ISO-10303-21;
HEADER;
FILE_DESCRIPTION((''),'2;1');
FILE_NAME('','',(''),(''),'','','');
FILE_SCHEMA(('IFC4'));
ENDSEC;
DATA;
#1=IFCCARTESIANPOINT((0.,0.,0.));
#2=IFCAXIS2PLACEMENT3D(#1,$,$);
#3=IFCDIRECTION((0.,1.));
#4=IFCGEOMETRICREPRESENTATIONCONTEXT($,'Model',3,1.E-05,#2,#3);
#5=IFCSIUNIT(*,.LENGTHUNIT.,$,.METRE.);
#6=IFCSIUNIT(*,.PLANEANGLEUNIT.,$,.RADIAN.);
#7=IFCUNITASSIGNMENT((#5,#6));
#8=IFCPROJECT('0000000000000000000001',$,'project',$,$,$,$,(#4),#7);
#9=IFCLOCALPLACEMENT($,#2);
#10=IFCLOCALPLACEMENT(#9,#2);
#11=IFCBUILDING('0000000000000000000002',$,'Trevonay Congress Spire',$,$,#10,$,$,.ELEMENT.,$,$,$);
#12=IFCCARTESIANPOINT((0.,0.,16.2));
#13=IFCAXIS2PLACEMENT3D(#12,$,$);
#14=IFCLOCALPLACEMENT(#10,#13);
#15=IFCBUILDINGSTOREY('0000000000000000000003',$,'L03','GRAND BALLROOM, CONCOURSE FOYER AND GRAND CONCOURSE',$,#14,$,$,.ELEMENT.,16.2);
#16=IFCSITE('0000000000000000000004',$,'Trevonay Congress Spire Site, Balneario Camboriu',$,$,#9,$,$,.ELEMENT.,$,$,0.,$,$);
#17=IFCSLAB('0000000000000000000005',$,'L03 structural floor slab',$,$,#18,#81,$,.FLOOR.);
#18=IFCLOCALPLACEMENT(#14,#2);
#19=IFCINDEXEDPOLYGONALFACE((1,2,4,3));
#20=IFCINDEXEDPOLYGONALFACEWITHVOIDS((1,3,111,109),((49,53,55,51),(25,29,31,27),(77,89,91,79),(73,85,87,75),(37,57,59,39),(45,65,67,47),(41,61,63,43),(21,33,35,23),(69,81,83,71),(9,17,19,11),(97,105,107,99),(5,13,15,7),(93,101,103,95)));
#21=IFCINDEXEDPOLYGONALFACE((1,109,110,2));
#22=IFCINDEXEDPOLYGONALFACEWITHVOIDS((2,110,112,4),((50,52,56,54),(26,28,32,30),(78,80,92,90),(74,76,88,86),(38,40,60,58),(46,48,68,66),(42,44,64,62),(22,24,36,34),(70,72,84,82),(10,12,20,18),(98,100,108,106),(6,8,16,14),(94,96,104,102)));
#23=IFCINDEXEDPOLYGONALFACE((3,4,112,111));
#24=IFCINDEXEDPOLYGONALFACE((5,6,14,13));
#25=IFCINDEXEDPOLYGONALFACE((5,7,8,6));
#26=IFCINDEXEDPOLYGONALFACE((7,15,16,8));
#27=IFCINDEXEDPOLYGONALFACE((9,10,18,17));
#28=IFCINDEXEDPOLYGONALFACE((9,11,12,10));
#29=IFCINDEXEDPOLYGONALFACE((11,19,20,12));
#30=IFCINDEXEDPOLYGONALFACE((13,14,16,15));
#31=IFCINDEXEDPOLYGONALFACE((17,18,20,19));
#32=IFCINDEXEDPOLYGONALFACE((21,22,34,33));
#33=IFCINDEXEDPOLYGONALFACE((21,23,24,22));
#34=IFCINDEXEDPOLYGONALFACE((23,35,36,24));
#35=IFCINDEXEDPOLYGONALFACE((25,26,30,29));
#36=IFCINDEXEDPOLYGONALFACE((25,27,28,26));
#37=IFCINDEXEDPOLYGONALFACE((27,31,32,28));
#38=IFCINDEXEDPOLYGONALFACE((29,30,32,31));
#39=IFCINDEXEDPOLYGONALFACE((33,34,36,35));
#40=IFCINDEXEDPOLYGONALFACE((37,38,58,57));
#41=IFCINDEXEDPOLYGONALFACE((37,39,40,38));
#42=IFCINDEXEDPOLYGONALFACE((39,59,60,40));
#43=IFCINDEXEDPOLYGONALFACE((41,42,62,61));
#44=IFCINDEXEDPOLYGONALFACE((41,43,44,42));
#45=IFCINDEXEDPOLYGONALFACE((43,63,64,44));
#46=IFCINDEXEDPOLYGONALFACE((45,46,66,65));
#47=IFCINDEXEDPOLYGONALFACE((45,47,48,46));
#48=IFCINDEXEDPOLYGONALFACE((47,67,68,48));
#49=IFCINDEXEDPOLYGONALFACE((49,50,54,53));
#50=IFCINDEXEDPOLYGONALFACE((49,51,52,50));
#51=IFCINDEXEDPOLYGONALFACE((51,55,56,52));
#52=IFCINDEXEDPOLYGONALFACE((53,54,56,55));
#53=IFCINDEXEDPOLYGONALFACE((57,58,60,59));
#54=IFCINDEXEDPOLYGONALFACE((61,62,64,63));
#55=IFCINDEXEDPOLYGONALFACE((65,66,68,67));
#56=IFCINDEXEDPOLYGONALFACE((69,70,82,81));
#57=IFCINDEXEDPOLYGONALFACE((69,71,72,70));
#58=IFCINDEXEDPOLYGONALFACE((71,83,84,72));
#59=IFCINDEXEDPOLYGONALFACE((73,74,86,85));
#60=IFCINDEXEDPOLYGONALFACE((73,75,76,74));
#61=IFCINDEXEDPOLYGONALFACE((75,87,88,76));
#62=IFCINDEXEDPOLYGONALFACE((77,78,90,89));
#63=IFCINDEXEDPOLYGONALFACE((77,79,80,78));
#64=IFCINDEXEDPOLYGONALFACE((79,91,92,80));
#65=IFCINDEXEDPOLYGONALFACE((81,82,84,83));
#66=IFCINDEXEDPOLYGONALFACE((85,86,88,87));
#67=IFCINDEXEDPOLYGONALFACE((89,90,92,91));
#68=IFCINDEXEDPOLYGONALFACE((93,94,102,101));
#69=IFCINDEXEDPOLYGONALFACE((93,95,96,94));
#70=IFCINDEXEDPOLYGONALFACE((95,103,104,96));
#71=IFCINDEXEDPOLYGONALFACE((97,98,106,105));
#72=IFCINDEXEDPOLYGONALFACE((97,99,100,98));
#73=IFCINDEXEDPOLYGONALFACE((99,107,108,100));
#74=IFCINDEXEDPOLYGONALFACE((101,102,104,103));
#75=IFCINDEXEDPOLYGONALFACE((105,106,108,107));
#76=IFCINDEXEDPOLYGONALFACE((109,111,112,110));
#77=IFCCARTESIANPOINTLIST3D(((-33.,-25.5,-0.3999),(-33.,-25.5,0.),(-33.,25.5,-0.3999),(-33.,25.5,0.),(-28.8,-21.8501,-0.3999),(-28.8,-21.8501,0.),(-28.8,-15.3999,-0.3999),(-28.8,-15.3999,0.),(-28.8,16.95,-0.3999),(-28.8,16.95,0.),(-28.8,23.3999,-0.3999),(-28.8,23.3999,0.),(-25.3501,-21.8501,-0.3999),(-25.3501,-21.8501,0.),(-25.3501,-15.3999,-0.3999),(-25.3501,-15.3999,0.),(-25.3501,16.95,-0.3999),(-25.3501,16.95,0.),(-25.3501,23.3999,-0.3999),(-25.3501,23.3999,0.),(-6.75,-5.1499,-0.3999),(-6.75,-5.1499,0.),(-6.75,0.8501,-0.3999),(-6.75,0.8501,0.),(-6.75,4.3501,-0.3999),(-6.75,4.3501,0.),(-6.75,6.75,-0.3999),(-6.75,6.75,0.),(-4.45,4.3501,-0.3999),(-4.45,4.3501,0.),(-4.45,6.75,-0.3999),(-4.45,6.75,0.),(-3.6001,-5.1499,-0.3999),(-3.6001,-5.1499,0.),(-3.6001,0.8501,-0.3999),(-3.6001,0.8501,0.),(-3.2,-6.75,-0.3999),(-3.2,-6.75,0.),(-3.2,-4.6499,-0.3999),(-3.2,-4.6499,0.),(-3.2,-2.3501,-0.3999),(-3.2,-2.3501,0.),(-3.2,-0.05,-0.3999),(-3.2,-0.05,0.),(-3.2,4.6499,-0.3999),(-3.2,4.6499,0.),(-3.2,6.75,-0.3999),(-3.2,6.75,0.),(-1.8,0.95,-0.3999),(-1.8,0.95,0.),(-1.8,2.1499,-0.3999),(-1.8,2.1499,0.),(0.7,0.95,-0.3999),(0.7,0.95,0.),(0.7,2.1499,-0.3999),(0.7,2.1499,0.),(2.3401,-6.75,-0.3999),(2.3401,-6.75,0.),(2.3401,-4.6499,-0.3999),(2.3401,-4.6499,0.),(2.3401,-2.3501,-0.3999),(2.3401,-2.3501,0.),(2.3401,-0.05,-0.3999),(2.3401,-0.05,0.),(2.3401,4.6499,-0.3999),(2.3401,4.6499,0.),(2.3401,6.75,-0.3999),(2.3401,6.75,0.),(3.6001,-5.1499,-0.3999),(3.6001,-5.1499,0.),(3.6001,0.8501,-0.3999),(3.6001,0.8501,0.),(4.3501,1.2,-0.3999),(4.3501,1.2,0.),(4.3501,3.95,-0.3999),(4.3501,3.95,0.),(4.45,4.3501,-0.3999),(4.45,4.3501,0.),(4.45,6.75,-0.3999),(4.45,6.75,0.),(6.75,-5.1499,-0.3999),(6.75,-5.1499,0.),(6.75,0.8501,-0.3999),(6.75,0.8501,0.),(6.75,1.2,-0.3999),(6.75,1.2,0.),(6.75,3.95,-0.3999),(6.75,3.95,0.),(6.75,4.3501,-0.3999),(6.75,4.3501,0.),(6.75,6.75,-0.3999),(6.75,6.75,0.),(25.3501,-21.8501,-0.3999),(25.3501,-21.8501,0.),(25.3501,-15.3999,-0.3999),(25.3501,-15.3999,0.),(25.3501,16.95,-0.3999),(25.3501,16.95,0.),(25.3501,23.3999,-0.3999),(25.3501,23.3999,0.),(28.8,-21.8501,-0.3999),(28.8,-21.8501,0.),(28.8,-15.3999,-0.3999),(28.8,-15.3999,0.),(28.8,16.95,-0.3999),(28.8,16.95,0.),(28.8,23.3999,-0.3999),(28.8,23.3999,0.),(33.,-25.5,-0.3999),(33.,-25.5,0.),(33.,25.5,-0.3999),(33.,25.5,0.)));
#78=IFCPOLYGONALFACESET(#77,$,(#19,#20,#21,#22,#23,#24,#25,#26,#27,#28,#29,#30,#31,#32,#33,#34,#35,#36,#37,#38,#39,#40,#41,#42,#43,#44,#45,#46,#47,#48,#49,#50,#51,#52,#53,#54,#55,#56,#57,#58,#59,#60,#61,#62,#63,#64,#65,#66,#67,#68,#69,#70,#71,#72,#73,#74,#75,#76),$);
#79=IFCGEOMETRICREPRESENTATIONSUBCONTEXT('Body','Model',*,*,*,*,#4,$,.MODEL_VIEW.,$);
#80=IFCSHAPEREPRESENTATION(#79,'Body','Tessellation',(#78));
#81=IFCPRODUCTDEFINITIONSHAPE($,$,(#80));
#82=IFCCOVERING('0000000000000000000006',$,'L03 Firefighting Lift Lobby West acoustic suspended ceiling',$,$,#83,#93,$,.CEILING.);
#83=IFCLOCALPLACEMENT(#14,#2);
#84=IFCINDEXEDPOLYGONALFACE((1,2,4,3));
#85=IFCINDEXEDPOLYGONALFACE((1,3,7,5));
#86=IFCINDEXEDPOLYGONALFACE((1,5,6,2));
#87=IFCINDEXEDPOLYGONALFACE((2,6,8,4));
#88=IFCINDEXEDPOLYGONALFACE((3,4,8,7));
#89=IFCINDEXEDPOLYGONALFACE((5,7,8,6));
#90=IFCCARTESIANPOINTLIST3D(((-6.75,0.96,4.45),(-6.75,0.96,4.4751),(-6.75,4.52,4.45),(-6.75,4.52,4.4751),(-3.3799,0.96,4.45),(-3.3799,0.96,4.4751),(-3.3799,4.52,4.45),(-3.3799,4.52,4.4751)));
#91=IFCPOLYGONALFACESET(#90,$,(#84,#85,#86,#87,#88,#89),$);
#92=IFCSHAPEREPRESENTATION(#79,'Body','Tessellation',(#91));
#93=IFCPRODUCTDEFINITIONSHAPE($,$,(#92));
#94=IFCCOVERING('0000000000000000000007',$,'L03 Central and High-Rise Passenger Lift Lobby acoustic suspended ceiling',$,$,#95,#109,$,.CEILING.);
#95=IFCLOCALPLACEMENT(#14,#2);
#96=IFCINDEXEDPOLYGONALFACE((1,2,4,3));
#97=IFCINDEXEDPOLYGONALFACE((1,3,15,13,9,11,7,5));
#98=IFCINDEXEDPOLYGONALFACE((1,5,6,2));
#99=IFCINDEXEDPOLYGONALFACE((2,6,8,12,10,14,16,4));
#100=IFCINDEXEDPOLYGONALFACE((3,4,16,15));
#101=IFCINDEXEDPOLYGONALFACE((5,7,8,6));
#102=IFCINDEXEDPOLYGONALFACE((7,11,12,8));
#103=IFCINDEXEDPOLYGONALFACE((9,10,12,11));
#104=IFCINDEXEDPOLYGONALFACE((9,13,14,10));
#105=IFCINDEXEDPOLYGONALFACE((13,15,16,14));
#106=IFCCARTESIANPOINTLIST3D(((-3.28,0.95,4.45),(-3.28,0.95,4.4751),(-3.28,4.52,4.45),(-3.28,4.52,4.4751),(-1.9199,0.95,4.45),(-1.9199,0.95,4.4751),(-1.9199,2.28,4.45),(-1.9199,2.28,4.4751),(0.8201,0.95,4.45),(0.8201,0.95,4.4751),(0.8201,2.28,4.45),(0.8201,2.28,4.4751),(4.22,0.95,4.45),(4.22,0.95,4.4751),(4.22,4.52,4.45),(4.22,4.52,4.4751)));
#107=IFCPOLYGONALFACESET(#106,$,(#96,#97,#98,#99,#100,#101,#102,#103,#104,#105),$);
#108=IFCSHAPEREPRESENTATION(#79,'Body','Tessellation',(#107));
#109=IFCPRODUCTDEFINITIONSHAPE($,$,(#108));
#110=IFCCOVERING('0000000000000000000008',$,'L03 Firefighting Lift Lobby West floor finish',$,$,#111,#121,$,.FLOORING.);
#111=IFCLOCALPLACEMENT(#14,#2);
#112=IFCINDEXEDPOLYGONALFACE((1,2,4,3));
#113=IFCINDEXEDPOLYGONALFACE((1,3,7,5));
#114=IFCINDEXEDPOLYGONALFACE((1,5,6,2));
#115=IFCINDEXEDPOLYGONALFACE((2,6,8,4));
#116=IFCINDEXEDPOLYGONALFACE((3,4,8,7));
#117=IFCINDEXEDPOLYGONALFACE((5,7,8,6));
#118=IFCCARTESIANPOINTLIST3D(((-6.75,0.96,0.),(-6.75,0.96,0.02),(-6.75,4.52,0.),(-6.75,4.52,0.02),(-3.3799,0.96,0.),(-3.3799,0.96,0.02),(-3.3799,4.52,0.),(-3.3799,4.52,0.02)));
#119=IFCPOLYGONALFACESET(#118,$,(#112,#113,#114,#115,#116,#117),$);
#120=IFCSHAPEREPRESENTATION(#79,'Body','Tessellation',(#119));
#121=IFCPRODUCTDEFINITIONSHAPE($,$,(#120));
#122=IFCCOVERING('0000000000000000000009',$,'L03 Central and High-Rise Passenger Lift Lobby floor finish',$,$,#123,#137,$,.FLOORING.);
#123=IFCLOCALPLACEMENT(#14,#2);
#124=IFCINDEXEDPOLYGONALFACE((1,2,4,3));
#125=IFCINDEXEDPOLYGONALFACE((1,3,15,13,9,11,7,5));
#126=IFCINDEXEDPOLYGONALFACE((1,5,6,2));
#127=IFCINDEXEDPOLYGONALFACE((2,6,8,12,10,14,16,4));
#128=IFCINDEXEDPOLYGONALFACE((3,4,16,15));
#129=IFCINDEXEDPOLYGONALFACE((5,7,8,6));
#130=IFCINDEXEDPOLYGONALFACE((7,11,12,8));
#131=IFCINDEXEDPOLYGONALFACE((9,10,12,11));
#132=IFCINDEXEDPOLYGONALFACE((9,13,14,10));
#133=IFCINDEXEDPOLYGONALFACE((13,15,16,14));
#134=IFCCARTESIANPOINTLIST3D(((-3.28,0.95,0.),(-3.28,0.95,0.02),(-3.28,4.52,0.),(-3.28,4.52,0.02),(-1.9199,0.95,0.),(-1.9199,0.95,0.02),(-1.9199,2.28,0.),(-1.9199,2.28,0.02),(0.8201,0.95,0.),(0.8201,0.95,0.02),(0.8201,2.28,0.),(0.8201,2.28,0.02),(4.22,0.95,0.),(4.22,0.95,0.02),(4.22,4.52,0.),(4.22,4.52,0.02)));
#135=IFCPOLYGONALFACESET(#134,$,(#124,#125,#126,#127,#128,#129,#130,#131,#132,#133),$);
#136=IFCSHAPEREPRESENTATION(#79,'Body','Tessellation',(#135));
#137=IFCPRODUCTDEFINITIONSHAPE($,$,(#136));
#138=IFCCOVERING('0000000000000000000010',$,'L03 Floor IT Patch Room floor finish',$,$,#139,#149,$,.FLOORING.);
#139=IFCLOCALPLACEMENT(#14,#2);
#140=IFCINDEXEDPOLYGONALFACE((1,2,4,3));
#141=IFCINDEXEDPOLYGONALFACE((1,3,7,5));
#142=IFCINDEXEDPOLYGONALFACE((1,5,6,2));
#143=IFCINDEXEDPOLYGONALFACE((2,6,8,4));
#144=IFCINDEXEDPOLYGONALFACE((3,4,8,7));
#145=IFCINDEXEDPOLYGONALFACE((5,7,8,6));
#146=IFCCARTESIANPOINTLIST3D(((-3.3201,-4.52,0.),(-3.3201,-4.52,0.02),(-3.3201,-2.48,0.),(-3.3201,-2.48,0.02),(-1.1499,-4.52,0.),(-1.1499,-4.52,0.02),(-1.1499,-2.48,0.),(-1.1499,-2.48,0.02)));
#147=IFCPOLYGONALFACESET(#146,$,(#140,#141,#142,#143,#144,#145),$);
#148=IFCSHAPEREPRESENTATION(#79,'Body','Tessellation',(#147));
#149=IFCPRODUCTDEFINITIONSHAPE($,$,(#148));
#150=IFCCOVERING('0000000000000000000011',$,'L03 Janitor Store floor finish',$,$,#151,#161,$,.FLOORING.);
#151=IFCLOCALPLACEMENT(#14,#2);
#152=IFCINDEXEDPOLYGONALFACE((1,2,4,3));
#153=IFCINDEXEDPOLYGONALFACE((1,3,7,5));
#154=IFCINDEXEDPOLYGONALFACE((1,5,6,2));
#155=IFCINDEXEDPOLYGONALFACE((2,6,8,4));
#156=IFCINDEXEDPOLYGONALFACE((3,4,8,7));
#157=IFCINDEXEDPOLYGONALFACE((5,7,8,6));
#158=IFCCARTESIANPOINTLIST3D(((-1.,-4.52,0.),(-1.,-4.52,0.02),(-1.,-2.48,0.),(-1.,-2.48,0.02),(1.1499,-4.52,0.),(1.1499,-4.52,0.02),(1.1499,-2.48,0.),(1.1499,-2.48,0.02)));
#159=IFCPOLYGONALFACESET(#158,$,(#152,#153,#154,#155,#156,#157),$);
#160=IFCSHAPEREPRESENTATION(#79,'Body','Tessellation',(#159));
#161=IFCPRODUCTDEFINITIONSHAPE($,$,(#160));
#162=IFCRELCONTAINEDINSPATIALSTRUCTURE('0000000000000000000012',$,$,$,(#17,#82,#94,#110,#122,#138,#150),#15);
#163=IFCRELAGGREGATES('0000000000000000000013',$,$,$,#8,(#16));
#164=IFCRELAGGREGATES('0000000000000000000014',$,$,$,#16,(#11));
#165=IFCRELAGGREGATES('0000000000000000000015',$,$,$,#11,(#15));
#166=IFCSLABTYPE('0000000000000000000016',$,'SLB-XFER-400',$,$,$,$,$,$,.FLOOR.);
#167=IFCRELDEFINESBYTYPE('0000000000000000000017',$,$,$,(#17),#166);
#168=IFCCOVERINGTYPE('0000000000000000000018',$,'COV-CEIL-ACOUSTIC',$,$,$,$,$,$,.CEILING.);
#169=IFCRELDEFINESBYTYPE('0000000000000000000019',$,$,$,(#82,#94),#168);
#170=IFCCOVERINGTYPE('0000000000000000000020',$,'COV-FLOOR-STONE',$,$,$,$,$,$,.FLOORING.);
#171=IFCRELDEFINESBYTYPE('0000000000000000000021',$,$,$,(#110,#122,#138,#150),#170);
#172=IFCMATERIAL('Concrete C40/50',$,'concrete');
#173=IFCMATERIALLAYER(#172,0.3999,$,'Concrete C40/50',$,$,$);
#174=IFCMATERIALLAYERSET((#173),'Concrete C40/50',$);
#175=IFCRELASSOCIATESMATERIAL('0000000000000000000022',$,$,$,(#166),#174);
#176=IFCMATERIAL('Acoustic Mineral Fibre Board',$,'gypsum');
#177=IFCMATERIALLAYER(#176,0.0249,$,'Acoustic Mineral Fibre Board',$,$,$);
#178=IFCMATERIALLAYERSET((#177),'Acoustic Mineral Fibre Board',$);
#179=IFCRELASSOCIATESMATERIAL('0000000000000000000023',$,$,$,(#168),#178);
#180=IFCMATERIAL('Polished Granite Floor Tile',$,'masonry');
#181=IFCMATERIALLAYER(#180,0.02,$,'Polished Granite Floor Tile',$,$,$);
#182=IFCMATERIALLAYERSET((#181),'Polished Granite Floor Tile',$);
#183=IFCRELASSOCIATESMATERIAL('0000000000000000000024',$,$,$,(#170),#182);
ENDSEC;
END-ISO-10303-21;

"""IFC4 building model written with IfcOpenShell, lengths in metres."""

from ifc_helpers import new_model, si_unit, direction, frame, origin, place, context, subcontext, project, spatial, polyline, outline, extrude, material, layer, layer_set, type_object, element, save


model = new_model("IFC4")

# Units and contexts
model_context = context("Model", 3, precision=1e-05, world=origin(), true_north=direction((0.0, 1.0)))
body_context = subcontext(model_context, "Body", "Model", "MODEL_VIEW")
ifc_project = project(units=[si_unit("LENGTHUNIT", "METRE"), si_unit("PLANEANGLEUNIT", "RADIAN")], contexts=[model_context])

# Site, building, storey
site_placement = place(None, origin())
site = spatial("IfcSite", under=ifc_project, at=site_placement, Name="Trevonay Congress Spire Site, Balneario Camboriu", CompositionType="ELEMENT", RefElevation=0.0)
building_placement = place(site_placement, origin())
building = spatial("IfcBuilding", under=site, at=building_placement, Name="Trevonay Congress Spire", CompositionType="ELEMENT")
storey_placement = place(building_placement, frame((0.0, 0.0, 16.2)))
storey = spatial("IfcBuildingStorey", under=building, at=storey_placement, Name="L03", Description="GRAND BALLROOM, CONCOURSE FOYER AND GRAND CONCOURSE", CompositionType="ELEMENT", Elevation=16.2)

# Shared definitions
ifc_material_1 = material(Name="Concrete C40/50", Category="concrete")

# Slab
ifc_layer_1 = layer(ifc_material_1, 0.3999, Name="Concrete C40/50")
ifc_layer_set_1 = layer_set([ifc_layer_1], Name="Concrete C40/50")
slab_type_1 = type_object("IfcSlabType", Name="SLB-XFER-400", PredefinedType="FLOOR", material=ifc_layer_set_1)
slab_1_placement = place(storey_placement, frame((0.0, 0.0, -0.3999)))
element("IfcSlab", 1, at=slab_1_placement, inside=storey, type_object=slab_type_1, Name="L03 structural floor slab", PredefinedType="FLOOR", context=body_context, shape_type="SweptSolid", body=[
    extrude(outline(polyline([(-33.0, -25.5), (33.0, -25.5), (33.0, 25.5), (-33.0, 25.5), (-33.0, -25.5)]), holes=[polyline([(-3.6001, -5.1499), (-3.6001, 0.8501), (-6.75, 0.8501), (-6.75, -5.1499), (-3.6001, -5.1499)]), polyline([(6.75, -5.1499), (6.75, 0.8501), (3.6001, 0.8501), (3.6001, -5.1499), (6.75, -5.1499)]), polyline([(-25.3501, -21.8501), (-25.3501, -15.3999), (-28.8, -15.3999), (-28.8, -21.8501), (-25.3501, -21.8501)]), polyline([(28.8, -21.8501), (28.8, -15.3999), (25.3501, -15.3999), (25.3501, -21.8501), (28.8, -21.8501)]), polyline([(-25.3501, 16.95), (-25.3501, 23.3999), (-28.8, 23.3999), (-28.8, 16.95), (-25.3501, 16.95)]), polyline([(28.8, 16.95), (28.8, 23.3999), (25.3501, 23.3999), (25.3501, 16.95), (28.8, 16.95)]), polyline([(-3.2, -6.75), (2.3401, -6.75), (2.3401, -4.6499), (-3.2, -4.6499), (-3.2, -6.75)]), polyline([(-3.2, -2.3501), (2.3401, -2.3501), (2.3401, -0.05), (-3.2, -0.05), (-3.2, -2.3501)]), polyline([(-3.2, 4.6499), (2.3401, 4.6499), (2.3401, 6.75), (-3.2, 6.75), (-3.2, 4.6499)]), polyline([(-6.75, 4.3501), (-4.45, 4.3501), (-4.45, 6.75), (-6.75, 6.75), (-6.75, 4.3501)]), polyline([(4.45, 4.3501), (6.75, 4.3501), (6.75, 6.75), (4.45, 6.75), (4.45, 4.3501)]), polyline([(4.3501, 1.2), (6.75, 1.2), (6.75, 3.95), (4.3501, 3.95), (4.3501, 1.2)]), polyline([(-1.8, 0.95), (0.7, 0.95), (0.7, 2.1499), (-1.8, 2.1499), (-1.8, 0.95)])]), origin(), (0.0, 0.0, 1.0), 0.3999),
])

# Coverings
ifc_material_2 = material(Name="Acoustic Mineral Fibre Board", Category="gypsum")
ifc_layer_2 = layer(ifc_material_2, 0.0249, Name="Acoustic Mineral Fibre Board")
ifc_layer_set_2 = layer_set([ifc_layer_2], Name="Acoustic Mineral Fibre Board")
covering_type_1 = type_object("IfcCoveringType", Name="COV-CEIL-ACOUSTIC", PredefinedType="CEILING", material=ifc_layer_set_2)
covering_1_placement = place(storey_placement, frame((0.0, 0.0, 4.45)))
element("IfcCovering", 2, at=covering_1_placement, inside=storey, type_object=covering_type_1, Name="L03 Firefighting Lift Lobby West acoustic suspended ceiling", PredefinedType="CEILING", context=body_context, shape_type="SweptSolid", body=[
    extrude(outline(polyline([(-6.75, 0.96), (-3.3799, 0.96), (-3.3799, 4.52), (-6.75, 4.52), (-6.75, 0.96)])), origin(), (0.0, 0.0, 1.0), 0.0251),
])
covering_2_placement = place(storey_placement, frame((0.0, 0.0, 4.45)))
element("IfcCovering", 3, at=covering_2_placement, inside=storey, type_object=covering_type_1, Name="L03 Central and High-Rise Passenger Lift Lobby acoustic suspended ceiling", PredefinedType="CEILING", context=body_context, shape_type="SweptSolid", body=[
    extrude(outline(polyline([(-3.28, 0.95), (-1.9199, 0.95), (-1.9199, 2.28), (0.8201, 2.28), (0.8201, 0.95), (4.22, 0.95), (4.22, 4.52), (-3.28, 4.52), (-3.28, 0.95)])), origin(), (0.0, 0.0, 1.0), 0.0251),
])
ifc_material_3 = material(Name="Polished Granite Floor Tile", Category="masonry")
ifc_layer_3 = layer(ifc_material_3, 0.02, Name="Polished Granite Floor Tile")
ifc_layer_set_3 = layer_set([ifc_layer_3], Name="Polished Granite Floor Tile")
covering_type_2 = type_object("IfcCoveringType", Name="COV-FLOOR-STONE", PredefinedType="FLOORING", material=ifc_layer_set_3)
covering_3_placement = place(storey_placement, origin())
element("IfcCovering", 4, at=covering_3_placement, inside=storey, type_object=covering_type_2, Name="L03 Firefighting Lift Lobby West floor finish", PredefinedType="FLOORING", context=body_context, shape_type="SweptSolid", body=[
    extrude(outline(polyline([(-6.75, 0.96), (-3.3799, 0.96), (-3.3799, 4.52), (-6.75, 4.52), (-6.75, 0.96)])), origin(), (0.0, 0.0, 1.0), 0.02),
])
covering_4_placement = place(storey_placement, origin())
element("IfcCovering", 5, at=covering_4_placement, inside=storey, type_object=covering_type_2, Name="L03 Central and High-Rise Passenger Lift Lobby floor finish", PredefinedType="FLOORING", context=body_context, shape_type="SweptSolid", body=[
    extrude(outline(polyline([(-3.28, 0.95), (-1.9199, 0.95), (-1.9199, 2.28), (0.8201, 2.28), (0.8201, 0.95), (4.22, 0.95), (4.22, 4.52), (-3.28, 4.52), (-3.28, 0.95)])), origin(), (0.0, 0.0, 1.0), 0.02),
])
covering_5_placement = place(storey_placement, origin())
element("IfcCovering", 6, at=covering_5_placement, inside=storey, type_object=covering_type_2, Name="L03 Floor IT Patch Room floor finish", PredefinedType="FLOORING", context=body_context, shape_type="SweptSolid", body=[
    extrude(outline(polyline([(-3.3201, -4.52), (-1.1499, -4.52), (-1.1499, -2.48), (-3.3201, -2.48), (-3.3201, -4.52)])), origin(), (0.0, 0.0, 1.0), 0.02),
])
covering_6_placement = place(storey_placement, origin())
element("IfcCovering", 7, at=covering_6_placement, inside=storey, type_object=covering_type_2, Name="L03 Janitor Store floor finish", PredefinedType="FLOORING", context=body_context, shape_type="SweptSolid", body=[
    extrude(outline(polyline([(-1.0, -4.52), (1.1499, -4.52), (1.1499, -2.48), (-1.0, -2.48), (-1.0, -4.52)])), origin(), (0.0, 0.0, 1.0), 0.02),
])

save(model, "model.ifc")
